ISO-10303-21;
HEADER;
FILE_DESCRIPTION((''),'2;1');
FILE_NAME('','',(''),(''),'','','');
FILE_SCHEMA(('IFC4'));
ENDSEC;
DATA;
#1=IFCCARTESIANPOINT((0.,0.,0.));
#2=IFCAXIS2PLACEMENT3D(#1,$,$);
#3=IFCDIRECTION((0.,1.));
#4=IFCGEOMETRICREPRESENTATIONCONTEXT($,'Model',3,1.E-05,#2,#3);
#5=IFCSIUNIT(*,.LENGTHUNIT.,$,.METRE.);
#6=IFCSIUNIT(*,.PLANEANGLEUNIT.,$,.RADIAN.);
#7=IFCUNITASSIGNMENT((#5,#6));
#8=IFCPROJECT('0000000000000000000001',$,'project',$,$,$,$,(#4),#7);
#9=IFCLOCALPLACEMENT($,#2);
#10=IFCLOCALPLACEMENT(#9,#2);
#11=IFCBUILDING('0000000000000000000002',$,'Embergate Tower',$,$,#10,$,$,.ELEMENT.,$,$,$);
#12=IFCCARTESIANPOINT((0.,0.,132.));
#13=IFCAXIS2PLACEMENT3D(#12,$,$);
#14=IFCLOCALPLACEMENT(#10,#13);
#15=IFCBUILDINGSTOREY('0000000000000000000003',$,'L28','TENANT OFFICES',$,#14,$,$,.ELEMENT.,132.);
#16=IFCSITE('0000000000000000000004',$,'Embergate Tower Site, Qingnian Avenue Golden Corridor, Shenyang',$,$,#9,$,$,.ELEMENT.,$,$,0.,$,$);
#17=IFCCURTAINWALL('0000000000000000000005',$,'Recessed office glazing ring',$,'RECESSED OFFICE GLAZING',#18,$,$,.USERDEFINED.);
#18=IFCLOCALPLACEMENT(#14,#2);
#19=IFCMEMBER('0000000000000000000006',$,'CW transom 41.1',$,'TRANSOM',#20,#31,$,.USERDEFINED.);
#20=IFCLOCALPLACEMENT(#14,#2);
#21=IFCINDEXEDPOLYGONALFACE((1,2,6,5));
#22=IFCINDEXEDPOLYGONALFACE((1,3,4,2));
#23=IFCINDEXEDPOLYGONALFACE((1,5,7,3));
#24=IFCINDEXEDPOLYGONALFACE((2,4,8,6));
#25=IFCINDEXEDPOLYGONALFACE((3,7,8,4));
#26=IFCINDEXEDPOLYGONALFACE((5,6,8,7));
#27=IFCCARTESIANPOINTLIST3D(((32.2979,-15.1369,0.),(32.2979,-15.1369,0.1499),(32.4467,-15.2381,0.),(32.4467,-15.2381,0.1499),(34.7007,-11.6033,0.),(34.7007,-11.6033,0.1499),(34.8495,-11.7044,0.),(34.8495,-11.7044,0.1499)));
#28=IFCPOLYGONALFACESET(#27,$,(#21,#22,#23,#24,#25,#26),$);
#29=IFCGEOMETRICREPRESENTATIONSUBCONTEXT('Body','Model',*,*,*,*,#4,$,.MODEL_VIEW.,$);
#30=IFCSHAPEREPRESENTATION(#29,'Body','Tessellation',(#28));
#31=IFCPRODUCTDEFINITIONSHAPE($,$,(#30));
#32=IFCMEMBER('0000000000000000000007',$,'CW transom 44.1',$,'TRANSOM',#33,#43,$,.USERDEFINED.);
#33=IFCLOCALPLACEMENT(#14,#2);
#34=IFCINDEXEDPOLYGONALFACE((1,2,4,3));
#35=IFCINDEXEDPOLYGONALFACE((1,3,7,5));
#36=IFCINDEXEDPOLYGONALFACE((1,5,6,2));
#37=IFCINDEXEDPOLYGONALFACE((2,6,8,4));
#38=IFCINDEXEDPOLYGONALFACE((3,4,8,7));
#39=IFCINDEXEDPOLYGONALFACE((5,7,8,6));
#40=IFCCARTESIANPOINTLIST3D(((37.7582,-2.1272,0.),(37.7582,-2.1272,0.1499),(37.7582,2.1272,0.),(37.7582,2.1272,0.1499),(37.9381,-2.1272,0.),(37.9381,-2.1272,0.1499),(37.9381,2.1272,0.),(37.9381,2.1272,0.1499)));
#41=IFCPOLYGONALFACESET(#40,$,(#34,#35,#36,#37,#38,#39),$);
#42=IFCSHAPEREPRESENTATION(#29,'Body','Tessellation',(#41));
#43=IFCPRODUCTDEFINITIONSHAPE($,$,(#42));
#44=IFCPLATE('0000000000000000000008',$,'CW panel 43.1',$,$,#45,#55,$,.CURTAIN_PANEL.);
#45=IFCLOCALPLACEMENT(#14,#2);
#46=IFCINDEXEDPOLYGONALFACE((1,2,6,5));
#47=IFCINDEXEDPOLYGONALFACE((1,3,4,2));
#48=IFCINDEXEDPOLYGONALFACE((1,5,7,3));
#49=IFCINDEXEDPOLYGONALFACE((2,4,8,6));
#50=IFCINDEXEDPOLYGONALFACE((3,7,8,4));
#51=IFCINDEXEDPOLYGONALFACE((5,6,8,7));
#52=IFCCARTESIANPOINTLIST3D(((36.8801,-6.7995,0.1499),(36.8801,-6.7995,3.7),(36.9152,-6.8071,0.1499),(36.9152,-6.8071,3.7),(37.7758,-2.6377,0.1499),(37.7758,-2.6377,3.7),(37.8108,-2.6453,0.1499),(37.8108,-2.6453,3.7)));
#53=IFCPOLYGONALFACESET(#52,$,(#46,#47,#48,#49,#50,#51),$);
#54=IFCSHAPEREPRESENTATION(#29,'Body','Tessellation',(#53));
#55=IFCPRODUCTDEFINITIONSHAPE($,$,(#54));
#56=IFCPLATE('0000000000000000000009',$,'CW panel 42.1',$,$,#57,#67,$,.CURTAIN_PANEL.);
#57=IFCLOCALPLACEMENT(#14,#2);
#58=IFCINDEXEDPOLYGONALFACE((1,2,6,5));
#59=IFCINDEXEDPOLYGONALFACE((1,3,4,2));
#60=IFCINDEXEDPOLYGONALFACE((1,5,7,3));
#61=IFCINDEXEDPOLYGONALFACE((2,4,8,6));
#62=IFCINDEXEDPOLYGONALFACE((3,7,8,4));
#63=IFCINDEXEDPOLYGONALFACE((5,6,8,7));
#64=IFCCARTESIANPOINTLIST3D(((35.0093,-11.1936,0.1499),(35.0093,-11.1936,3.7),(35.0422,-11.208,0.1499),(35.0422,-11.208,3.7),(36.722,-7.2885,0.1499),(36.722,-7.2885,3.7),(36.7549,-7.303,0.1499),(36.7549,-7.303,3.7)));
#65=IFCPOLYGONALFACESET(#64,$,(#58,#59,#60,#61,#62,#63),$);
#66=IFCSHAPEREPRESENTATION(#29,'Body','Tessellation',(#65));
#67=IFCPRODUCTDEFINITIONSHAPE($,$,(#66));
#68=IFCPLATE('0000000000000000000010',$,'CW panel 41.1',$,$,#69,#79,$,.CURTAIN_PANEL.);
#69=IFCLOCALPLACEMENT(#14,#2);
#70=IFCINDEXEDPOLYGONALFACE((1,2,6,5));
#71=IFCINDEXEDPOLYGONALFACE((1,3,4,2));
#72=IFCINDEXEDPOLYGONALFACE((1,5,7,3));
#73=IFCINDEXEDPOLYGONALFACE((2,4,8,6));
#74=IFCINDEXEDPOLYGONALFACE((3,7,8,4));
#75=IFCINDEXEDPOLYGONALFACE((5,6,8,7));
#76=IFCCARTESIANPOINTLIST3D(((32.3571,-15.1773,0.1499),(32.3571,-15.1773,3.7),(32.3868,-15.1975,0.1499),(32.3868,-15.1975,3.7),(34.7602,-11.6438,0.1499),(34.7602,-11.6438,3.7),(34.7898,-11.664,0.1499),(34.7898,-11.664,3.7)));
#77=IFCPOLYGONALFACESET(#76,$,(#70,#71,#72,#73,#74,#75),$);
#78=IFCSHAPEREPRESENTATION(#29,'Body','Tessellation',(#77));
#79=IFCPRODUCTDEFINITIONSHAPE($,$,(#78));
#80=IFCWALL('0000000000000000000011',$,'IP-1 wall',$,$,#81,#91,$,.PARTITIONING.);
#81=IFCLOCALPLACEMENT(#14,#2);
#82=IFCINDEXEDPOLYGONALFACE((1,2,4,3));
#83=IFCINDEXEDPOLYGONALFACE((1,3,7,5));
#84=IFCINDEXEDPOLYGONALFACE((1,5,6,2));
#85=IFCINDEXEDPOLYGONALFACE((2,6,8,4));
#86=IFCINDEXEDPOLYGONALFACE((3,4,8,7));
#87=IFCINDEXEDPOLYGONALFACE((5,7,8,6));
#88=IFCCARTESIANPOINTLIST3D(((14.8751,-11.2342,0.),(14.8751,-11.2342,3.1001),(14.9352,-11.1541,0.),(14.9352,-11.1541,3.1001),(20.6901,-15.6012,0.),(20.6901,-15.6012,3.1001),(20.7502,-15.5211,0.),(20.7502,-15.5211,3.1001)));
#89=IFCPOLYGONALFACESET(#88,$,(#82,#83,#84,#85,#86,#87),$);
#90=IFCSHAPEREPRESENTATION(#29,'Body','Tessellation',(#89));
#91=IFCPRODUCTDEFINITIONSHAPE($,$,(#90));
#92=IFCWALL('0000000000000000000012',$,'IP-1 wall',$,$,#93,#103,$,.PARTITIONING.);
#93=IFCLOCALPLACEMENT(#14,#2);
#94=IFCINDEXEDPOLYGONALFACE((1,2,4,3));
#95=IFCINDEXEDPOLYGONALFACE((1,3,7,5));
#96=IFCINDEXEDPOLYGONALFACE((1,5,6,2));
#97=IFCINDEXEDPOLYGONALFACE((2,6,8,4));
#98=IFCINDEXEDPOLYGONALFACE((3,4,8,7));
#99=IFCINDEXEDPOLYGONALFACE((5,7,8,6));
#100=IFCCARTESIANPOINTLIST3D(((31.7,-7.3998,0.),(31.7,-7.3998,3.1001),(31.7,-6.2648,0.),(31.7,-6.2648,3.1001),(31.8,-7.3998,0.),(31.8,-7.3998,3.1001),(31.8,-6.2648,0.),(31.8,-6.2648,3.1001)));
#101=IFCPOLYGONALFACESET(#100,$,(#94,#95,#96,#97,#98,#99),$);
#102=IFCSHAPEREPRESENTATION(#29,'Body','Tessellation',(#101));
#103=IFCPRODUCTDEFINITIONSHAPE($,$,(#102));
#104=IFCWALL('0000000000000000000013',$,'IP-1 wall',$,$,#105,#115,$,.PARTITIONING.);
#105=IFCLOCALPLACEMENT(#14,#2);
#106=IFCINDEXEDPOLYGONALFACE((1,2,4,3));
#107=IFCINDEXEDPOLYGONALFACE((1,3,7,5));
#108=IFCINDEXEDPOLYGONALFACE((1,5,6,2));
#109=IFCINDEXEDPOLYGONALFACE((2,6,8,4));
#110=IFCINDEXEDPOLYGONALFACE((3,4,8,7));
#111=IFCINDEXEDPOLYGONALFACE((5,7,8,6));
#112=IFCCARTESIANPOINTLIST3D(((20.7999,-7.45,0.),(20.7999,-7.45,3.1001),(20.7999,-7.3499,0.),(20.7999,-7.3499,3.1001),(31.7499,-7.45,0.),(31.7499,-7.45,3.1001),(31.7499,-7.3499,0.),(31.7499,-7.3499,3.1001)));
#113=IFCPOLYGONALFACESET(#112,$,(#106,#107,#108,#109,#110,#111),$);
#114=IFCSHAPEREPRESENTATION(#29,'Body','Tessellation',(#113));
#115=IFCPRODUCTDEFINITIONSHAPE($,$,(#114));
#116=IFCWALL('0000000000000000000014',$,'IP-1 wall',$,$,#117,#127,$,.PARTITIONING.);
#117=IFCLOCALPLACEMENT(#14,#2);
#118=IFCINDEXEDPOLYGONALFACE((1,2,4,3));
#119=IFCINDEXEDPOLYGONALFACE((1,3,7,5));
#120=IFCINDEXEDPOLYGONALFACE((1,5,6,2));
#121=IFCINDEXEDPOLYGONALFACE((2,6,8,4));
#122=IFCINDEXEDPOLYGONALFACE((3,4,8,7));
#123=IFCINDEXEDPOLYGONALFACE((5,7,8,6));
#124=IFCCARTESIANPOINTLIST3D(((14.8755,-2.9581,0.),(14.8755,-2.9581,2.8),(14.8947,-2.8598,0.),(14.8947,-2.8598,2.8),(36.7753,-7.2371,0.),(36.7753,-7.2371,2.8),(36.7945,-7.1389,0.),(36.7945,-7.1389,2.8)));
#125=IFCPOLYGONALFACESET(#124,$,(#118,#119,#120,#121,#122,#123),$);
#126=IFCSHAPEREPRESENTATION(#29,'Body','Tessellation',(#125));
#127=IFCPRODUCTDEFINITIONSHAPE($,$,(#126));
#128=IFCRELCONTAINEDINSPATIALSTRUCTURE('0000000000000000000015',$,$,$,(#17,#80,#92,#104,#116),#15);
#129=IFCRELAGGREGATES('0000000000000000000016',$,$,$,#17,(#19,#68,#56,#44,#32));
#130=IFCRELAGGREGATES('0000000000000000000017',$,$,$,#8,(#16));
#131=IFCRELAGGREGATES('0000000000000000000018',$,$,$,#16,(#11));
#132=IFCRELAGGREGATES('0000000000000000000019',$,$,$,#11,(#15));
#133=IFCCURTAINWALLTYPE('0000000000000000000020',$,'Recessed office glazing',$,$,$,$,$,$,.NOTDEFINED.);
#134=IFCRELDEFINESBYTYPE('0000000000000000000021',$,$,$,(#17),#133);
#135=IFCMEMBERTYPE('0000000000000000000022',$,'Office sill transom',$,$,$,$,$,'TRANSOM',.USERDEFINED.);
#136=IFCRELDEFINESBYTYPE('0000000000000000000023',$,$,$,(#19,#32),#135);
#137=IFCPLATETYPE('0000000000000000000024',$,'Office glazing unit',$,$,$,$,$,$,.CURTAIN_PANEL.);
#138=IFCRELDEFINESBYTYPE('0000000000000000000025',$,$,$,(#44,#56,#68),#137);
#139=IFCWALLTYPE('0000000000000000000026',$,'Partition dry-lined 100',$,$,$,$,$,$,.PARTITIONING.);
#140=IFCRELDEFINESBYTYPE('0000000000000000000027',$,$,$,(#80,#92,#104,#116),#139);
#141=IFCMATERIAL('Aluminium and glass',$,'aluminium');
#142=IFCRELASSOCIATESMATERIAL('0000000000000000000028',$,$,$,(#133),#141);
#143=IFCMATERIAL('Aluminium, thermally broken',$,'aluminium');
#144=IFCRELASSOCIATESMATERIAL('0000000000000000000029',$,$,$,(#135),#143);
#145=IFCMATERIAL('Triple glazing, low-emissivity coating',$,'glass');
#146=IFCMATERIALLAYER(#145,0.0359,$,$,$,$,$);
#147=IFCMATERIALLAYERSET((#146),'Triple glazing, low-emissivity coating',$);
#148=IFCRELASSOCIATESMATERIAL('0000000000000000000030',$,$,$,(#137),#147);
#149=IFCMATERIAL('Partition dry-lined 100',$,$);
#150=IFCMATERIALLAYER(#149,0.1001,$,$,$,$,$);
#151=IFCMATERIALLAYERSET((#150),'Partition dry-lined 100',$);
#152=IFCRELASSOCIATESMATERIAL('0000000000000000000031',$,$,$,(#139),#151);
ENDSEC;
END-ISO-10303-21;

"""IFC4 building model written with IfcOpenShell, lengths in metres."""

from ifc_helpers import new_model, si_unit, direction, frame, frame_2d, origin, origin_2d, place, context, subcontext, project, spatial, rectangle, extrude, source, transform, mapped, material, layer, layer_set, material_profile, profile_set, type_object, element, aggregate, save


model = new_model("IFC4")

# Units and contexts
model_context = context("Model", 3, precision=1e-05, world=origin(), true_north=direction((0.0, 1.0)))
body_context = subcontext(model_context, "Body", "Model", "MODEL_VIEW")
ifc_project = project(units=[si_unit("LENGTHUNIT", "METRE"), si_unit("PLANEANGLEUNIT", "RADIAN")], contexts=[model_context])

# Site, building, storey
site_placement = place(None, origin())
site = spatial("IfcSite", under=ifc_project, at=site_placement, Name="Embergate Tower Site, Qingnian Avenue Golden Corridor, Shenyang", CompositionType="ELEMENT", RefElevation=0.0)
building_placement = place(site_placement, origin())
building = spatial("IfcBuilding", under=site, at=building_placement, Name="Embergate Tower", CompositionType="ELEMENT")
storey_placement = place(building_placement, frame((0.0, 0.0, 132.0)))
storey = spatial("IfcBuildingStorey", under=building, at=storey_placement, Name="L28", Description="TENANT OFFICES", CompositionType="ELEMENT", Elevation=132.0)

# Curtain wall, members, plates
ifc_material_1 = material(Name="Aluminium and glass", Category="aluminium")
curtain_wall_type = type_object("IfcCurtainWallType", Name="Recessed office glazing", PredefinedType="NOTDEFINED", material=ifc_material_1)
curtain_wall_placement = place(storey_placement, origin())
curtain_wall = element("IfcCurtainWall", 1, at=curtain_wall_placement, inside=storey, type_object=curtain_wall_type, Name="Recessed office glazing ring", ObjectType="RECESSED OFFICE GLAZING", PredefinedType="USERDEFINED")
ifc_material_2 = material(Name="Aluminium, thermally broken", Category="aluminium")
ifc_material_profile_1 = material_profile(ifc_material_2, rectangle(XDim=0.1799, YDim=0.1499, at=origin_2d()), Name="AL 150x180")
ifc_profile_set_1 = profile_set([ifc_material_profile_1], Name="Aluminium, thermally broken")
member_type_1 = type_object("IfcMemberType", Name="Office sill transom", ElementType="TRANSOM", PredefinedType="USERDEFINED", material=ifc_profile_set_1)
shared_shape_1 = source(origin(), body_context, "Body", "SweptSolid", [
    extrude(rectangle(XDim=0.1799, YDim=0.1499, at=origin_2d()), origin(), (0.0, 0.0, 1.0), 4.2732),
])
member_1_placement = place(storey_placement, frame((32.3723, -15.1875, 0.075), z_axis=(0.562298, 0.826935, 0.0), x_axis=(-0.826935, 0.562298, 0.0)))
member_1 = element("IfcMember", 2, at=member_1_placement, type_object=member_type_1, Name="CW transom 41.1", ObjectType="TRANSOM", PredefinedType="USERDEFINED", context=body_context, shape_type="MappedRepresentation", body=[
    mapped(shared_shape_1, transform((0.0, 0.0, 0.0))),
])
shared_shape_2 = source(origin(), body_context, "Body", "SweptSolid", [
    extrude(rectangle(XDim=0.1799, YDim=0.1499, at=origin_2d()), origin(), (0.0, 0.0, 1.0), 4.2544),
])
member_2_placement = place(storey_placement, frame((37.8481, -2.1272, 0.075), z_axis=(0.0, 1.0, 0.0), x_axis=(-1.0, 0.0, 0.0)))
member_2 = element("IfcMember", 3, at=member_2_placement, type_object=member_type_1, Name="CW transom 44.1", ObjectType="TRANSOM", PredefinedType="USERDEFINED", context=body_context, shape_type="MappedRepresentation", body=[
    mapped(shared_shape_2, transform((0.0, 0.0, 0.0))),
])
ifc_material_3 = material(Name="Triple glazing, low-emissivity coating", Category="glass")
ifc_layer_1 = layer(ifc_material_3, 0.0359)
ifc_layer_set_1 = layer_set([ifc_layer_1], Name="Triple glazing, low-emissivity coating")
plate_type = type_object("IfcPlateType", Name="Office glazing unit", PredefinedType="CURTAIN_PANEL", material=ifc_layer_set_1)
shared_shape_3 = source(origin(), body_context, "Body", "SweptSolid", [
    extrude(rectangle(XDim=4.2571, YDim=0.0359, at=origin_2d()), origin(), (0.0, 0.0, 1.0), 3.55),
])
plate_1_placement = place(storey_placement, frame((37.3455, -4.7224, 0.1499), z_axis=(0.0, 0.0, 1.0), x_axis=(0.210398, 0.977616, 0.0)))
plate_1 = element("IfcPlate", 4, at=plate_1_placement, type_object=plate_type, Name="CW panel 43.1", PredefinedType="CURTAIN_PANEL", context=body_context, shape_type="MappedRepresentation", body=[
    mapped(shared_shape_3, transform((0.0, 0.0, 0.0))),
])
shared_shape_4 = source(origin(), body_context, "Body", "SweptSolid", [
    extrude(rectangle(XDim=4.2642, YDim=0.0359, at=origin_2d()), origin(), (0.0, 0.0, 1.0), 3.55),
])
plate_2_placement = place(storey_placement, frame((35.8821, -9.2483, 0.1499), z_axis=(0.0, 0.0, 1.0), x_axis=(0.401655, 0.915791, 0.0)))
plate_2 = element("IfcPlate", 5, at=plate_2_placement, type_object=plate_type, Name="CW panel 42.1", PredefinedType="CURTAIN_PANEL", context=body_context, shape_type="MappedRepresentation", body=[
    mapped(shared_shape_4, transform((0.0, 0.0, 0.0))),
])
shared_shape_5 = source(origin(), body_context, "Body", "SweptSolid", [
    extrude(rectangle(XDim=4.2732, YDim=0.0359, at=origin_2d()), origin(), (0.0, 0.0, 1.0), 3.55),
])
plate_3_placement = place(storey_placement, frame((33.5735, -13.4207, 0.1499), z_axis=(0.0, 0.0, 1.0), x_axis=(0.562345, 0.826903, 0.0)))
plate_3 = element("IfcPlate", 6, at=plate_3_placement, type_object=plate_type, Name="CW panel 41.1", PredefinedType="CURTAIN_PANEL", context=body_context, shape_type="MappedRepresentation", body=[
    mapped(shared_shape_5, transform((0.0, 0.0, 0.0))),
])
aggregate(curtain_wall, [member_1, plate_3, plate_2, plate_1, member_2])

# Walls
ifc_material_4 = material(Name="Partition dry-lined 100")
ifc_layer_2 = layer(ifc_material_4, 0.1001)
ifc_layer_set_2 = layer_set([ifc_layer_2], Name="Partition dry-lined 100")
wall_type = type_object("IfcWallType", Name="Partition dry-lined 100", PredefinedType="PARTITIONING", material=ifc_layer_set_2)
shared_shape_6 = source(origin(), body_context, "Body", "SweptSolid", [
    extrude(rectangle(XDim=7.2722, YDim=0.1001, at=frame_2d((3.6362, 0.0))), origin(), (0.0, 0.0, 1.0), 3.1001),
])
wall_1_placement = place(storey_placement, frame((14.905, -11.1941, 0.0), z_axis=(0.0, 0.0, 1.0), x_axis=(0.799621, -0.600505, 0.0)))
element("IfcWall", 7, at=wall_1_placement, inside=storey, type_object=wall_type, Name="IP-1 wall", PredefinedType="PARTITIONING", context=body_context, shape_type="MappedRepresentation", body=[
    mapped(shared_shape_6, transform((0.0, 0.0, 0.0))),
])
shared_shape_7 = source(origin(), body_context, "Body", "SweptSolid", [
    extrude(rectangle(XDim=1.135, YDim=0.1001, at=frame_2d((0.5674, 0.0))), origin(), (0.0, 0.0, 1.0), 3.1001),
])
wall_2_placement = place(storey_placement, frame((31.75, -6.2649, 0.0), z_axis=(0.0, 0.0, 1.0), x_axis=(0.0, -1.0, 0.0)))
element("IfcWall", 8, at=wall_2_placement, inside=storey, type_object=wall_type, Name="IP-1 wall", PredefinedType="PARTITIONING", context=body_context, shape_type="MappedRepresentation", body=[
    mapped(shared_shape_7, transform((0.0, 0.0, 0.0))),
])
shared_shape_8 = source(origin(), body_context, "Body", "SweptSolid", [
    extrude(rectangle(XDim=10.95, YDim=0.1001, at=frame_2d((5.4751, 0.0))), origin(), (0.0, 0.0, 1.0), 3.1001),
])
wall_3_placement = place(storey_placement, frame((31.75, -7.3999, 0.0), z_axis=(0.0, 0.0, 1.0), x_axis=(-1.0, 0.0, 0.0)))
element("IfcWall", 9, at=wall_3_placement, inside=storey, type_object=wall_type, Name="IP-1 wall", PredefinedType="PARTITIONING", context=body_context, shape_type="MappedRepresentation", body=[
    mapped(shared_shape_8, transform((0.0, 0.0, 0.0))),
])
shared_shape_9 = source(origin(), body_context, "Body", "SweptSolid", [
    extrude(rectangle(XDim=22.314, YDim=0.1001, at=frame_2d((11.157, 0.0))), origin(), (0.0, 0.0, 1.0), 2.8),
])
wall_4_placement = place(storey_placement, frame((36.7849, -7.188, 0.0), z_axis=(0.0, 0.0, 1.0), x_axis=(-0.981441, 0.191765, 0.0)))
element("IfcWall", 10, at=wall_4_placement, inside=storey, type_object=wall_type, Name="IP-1 wall", PredefinedType="PARTITIONING", context=body_context, shape_type="MappedRepresentation", body=[
    mapped(shared_shape_9, transform((0.0, 0.0, 0.0))),
])

save(model, "model.ifc")
